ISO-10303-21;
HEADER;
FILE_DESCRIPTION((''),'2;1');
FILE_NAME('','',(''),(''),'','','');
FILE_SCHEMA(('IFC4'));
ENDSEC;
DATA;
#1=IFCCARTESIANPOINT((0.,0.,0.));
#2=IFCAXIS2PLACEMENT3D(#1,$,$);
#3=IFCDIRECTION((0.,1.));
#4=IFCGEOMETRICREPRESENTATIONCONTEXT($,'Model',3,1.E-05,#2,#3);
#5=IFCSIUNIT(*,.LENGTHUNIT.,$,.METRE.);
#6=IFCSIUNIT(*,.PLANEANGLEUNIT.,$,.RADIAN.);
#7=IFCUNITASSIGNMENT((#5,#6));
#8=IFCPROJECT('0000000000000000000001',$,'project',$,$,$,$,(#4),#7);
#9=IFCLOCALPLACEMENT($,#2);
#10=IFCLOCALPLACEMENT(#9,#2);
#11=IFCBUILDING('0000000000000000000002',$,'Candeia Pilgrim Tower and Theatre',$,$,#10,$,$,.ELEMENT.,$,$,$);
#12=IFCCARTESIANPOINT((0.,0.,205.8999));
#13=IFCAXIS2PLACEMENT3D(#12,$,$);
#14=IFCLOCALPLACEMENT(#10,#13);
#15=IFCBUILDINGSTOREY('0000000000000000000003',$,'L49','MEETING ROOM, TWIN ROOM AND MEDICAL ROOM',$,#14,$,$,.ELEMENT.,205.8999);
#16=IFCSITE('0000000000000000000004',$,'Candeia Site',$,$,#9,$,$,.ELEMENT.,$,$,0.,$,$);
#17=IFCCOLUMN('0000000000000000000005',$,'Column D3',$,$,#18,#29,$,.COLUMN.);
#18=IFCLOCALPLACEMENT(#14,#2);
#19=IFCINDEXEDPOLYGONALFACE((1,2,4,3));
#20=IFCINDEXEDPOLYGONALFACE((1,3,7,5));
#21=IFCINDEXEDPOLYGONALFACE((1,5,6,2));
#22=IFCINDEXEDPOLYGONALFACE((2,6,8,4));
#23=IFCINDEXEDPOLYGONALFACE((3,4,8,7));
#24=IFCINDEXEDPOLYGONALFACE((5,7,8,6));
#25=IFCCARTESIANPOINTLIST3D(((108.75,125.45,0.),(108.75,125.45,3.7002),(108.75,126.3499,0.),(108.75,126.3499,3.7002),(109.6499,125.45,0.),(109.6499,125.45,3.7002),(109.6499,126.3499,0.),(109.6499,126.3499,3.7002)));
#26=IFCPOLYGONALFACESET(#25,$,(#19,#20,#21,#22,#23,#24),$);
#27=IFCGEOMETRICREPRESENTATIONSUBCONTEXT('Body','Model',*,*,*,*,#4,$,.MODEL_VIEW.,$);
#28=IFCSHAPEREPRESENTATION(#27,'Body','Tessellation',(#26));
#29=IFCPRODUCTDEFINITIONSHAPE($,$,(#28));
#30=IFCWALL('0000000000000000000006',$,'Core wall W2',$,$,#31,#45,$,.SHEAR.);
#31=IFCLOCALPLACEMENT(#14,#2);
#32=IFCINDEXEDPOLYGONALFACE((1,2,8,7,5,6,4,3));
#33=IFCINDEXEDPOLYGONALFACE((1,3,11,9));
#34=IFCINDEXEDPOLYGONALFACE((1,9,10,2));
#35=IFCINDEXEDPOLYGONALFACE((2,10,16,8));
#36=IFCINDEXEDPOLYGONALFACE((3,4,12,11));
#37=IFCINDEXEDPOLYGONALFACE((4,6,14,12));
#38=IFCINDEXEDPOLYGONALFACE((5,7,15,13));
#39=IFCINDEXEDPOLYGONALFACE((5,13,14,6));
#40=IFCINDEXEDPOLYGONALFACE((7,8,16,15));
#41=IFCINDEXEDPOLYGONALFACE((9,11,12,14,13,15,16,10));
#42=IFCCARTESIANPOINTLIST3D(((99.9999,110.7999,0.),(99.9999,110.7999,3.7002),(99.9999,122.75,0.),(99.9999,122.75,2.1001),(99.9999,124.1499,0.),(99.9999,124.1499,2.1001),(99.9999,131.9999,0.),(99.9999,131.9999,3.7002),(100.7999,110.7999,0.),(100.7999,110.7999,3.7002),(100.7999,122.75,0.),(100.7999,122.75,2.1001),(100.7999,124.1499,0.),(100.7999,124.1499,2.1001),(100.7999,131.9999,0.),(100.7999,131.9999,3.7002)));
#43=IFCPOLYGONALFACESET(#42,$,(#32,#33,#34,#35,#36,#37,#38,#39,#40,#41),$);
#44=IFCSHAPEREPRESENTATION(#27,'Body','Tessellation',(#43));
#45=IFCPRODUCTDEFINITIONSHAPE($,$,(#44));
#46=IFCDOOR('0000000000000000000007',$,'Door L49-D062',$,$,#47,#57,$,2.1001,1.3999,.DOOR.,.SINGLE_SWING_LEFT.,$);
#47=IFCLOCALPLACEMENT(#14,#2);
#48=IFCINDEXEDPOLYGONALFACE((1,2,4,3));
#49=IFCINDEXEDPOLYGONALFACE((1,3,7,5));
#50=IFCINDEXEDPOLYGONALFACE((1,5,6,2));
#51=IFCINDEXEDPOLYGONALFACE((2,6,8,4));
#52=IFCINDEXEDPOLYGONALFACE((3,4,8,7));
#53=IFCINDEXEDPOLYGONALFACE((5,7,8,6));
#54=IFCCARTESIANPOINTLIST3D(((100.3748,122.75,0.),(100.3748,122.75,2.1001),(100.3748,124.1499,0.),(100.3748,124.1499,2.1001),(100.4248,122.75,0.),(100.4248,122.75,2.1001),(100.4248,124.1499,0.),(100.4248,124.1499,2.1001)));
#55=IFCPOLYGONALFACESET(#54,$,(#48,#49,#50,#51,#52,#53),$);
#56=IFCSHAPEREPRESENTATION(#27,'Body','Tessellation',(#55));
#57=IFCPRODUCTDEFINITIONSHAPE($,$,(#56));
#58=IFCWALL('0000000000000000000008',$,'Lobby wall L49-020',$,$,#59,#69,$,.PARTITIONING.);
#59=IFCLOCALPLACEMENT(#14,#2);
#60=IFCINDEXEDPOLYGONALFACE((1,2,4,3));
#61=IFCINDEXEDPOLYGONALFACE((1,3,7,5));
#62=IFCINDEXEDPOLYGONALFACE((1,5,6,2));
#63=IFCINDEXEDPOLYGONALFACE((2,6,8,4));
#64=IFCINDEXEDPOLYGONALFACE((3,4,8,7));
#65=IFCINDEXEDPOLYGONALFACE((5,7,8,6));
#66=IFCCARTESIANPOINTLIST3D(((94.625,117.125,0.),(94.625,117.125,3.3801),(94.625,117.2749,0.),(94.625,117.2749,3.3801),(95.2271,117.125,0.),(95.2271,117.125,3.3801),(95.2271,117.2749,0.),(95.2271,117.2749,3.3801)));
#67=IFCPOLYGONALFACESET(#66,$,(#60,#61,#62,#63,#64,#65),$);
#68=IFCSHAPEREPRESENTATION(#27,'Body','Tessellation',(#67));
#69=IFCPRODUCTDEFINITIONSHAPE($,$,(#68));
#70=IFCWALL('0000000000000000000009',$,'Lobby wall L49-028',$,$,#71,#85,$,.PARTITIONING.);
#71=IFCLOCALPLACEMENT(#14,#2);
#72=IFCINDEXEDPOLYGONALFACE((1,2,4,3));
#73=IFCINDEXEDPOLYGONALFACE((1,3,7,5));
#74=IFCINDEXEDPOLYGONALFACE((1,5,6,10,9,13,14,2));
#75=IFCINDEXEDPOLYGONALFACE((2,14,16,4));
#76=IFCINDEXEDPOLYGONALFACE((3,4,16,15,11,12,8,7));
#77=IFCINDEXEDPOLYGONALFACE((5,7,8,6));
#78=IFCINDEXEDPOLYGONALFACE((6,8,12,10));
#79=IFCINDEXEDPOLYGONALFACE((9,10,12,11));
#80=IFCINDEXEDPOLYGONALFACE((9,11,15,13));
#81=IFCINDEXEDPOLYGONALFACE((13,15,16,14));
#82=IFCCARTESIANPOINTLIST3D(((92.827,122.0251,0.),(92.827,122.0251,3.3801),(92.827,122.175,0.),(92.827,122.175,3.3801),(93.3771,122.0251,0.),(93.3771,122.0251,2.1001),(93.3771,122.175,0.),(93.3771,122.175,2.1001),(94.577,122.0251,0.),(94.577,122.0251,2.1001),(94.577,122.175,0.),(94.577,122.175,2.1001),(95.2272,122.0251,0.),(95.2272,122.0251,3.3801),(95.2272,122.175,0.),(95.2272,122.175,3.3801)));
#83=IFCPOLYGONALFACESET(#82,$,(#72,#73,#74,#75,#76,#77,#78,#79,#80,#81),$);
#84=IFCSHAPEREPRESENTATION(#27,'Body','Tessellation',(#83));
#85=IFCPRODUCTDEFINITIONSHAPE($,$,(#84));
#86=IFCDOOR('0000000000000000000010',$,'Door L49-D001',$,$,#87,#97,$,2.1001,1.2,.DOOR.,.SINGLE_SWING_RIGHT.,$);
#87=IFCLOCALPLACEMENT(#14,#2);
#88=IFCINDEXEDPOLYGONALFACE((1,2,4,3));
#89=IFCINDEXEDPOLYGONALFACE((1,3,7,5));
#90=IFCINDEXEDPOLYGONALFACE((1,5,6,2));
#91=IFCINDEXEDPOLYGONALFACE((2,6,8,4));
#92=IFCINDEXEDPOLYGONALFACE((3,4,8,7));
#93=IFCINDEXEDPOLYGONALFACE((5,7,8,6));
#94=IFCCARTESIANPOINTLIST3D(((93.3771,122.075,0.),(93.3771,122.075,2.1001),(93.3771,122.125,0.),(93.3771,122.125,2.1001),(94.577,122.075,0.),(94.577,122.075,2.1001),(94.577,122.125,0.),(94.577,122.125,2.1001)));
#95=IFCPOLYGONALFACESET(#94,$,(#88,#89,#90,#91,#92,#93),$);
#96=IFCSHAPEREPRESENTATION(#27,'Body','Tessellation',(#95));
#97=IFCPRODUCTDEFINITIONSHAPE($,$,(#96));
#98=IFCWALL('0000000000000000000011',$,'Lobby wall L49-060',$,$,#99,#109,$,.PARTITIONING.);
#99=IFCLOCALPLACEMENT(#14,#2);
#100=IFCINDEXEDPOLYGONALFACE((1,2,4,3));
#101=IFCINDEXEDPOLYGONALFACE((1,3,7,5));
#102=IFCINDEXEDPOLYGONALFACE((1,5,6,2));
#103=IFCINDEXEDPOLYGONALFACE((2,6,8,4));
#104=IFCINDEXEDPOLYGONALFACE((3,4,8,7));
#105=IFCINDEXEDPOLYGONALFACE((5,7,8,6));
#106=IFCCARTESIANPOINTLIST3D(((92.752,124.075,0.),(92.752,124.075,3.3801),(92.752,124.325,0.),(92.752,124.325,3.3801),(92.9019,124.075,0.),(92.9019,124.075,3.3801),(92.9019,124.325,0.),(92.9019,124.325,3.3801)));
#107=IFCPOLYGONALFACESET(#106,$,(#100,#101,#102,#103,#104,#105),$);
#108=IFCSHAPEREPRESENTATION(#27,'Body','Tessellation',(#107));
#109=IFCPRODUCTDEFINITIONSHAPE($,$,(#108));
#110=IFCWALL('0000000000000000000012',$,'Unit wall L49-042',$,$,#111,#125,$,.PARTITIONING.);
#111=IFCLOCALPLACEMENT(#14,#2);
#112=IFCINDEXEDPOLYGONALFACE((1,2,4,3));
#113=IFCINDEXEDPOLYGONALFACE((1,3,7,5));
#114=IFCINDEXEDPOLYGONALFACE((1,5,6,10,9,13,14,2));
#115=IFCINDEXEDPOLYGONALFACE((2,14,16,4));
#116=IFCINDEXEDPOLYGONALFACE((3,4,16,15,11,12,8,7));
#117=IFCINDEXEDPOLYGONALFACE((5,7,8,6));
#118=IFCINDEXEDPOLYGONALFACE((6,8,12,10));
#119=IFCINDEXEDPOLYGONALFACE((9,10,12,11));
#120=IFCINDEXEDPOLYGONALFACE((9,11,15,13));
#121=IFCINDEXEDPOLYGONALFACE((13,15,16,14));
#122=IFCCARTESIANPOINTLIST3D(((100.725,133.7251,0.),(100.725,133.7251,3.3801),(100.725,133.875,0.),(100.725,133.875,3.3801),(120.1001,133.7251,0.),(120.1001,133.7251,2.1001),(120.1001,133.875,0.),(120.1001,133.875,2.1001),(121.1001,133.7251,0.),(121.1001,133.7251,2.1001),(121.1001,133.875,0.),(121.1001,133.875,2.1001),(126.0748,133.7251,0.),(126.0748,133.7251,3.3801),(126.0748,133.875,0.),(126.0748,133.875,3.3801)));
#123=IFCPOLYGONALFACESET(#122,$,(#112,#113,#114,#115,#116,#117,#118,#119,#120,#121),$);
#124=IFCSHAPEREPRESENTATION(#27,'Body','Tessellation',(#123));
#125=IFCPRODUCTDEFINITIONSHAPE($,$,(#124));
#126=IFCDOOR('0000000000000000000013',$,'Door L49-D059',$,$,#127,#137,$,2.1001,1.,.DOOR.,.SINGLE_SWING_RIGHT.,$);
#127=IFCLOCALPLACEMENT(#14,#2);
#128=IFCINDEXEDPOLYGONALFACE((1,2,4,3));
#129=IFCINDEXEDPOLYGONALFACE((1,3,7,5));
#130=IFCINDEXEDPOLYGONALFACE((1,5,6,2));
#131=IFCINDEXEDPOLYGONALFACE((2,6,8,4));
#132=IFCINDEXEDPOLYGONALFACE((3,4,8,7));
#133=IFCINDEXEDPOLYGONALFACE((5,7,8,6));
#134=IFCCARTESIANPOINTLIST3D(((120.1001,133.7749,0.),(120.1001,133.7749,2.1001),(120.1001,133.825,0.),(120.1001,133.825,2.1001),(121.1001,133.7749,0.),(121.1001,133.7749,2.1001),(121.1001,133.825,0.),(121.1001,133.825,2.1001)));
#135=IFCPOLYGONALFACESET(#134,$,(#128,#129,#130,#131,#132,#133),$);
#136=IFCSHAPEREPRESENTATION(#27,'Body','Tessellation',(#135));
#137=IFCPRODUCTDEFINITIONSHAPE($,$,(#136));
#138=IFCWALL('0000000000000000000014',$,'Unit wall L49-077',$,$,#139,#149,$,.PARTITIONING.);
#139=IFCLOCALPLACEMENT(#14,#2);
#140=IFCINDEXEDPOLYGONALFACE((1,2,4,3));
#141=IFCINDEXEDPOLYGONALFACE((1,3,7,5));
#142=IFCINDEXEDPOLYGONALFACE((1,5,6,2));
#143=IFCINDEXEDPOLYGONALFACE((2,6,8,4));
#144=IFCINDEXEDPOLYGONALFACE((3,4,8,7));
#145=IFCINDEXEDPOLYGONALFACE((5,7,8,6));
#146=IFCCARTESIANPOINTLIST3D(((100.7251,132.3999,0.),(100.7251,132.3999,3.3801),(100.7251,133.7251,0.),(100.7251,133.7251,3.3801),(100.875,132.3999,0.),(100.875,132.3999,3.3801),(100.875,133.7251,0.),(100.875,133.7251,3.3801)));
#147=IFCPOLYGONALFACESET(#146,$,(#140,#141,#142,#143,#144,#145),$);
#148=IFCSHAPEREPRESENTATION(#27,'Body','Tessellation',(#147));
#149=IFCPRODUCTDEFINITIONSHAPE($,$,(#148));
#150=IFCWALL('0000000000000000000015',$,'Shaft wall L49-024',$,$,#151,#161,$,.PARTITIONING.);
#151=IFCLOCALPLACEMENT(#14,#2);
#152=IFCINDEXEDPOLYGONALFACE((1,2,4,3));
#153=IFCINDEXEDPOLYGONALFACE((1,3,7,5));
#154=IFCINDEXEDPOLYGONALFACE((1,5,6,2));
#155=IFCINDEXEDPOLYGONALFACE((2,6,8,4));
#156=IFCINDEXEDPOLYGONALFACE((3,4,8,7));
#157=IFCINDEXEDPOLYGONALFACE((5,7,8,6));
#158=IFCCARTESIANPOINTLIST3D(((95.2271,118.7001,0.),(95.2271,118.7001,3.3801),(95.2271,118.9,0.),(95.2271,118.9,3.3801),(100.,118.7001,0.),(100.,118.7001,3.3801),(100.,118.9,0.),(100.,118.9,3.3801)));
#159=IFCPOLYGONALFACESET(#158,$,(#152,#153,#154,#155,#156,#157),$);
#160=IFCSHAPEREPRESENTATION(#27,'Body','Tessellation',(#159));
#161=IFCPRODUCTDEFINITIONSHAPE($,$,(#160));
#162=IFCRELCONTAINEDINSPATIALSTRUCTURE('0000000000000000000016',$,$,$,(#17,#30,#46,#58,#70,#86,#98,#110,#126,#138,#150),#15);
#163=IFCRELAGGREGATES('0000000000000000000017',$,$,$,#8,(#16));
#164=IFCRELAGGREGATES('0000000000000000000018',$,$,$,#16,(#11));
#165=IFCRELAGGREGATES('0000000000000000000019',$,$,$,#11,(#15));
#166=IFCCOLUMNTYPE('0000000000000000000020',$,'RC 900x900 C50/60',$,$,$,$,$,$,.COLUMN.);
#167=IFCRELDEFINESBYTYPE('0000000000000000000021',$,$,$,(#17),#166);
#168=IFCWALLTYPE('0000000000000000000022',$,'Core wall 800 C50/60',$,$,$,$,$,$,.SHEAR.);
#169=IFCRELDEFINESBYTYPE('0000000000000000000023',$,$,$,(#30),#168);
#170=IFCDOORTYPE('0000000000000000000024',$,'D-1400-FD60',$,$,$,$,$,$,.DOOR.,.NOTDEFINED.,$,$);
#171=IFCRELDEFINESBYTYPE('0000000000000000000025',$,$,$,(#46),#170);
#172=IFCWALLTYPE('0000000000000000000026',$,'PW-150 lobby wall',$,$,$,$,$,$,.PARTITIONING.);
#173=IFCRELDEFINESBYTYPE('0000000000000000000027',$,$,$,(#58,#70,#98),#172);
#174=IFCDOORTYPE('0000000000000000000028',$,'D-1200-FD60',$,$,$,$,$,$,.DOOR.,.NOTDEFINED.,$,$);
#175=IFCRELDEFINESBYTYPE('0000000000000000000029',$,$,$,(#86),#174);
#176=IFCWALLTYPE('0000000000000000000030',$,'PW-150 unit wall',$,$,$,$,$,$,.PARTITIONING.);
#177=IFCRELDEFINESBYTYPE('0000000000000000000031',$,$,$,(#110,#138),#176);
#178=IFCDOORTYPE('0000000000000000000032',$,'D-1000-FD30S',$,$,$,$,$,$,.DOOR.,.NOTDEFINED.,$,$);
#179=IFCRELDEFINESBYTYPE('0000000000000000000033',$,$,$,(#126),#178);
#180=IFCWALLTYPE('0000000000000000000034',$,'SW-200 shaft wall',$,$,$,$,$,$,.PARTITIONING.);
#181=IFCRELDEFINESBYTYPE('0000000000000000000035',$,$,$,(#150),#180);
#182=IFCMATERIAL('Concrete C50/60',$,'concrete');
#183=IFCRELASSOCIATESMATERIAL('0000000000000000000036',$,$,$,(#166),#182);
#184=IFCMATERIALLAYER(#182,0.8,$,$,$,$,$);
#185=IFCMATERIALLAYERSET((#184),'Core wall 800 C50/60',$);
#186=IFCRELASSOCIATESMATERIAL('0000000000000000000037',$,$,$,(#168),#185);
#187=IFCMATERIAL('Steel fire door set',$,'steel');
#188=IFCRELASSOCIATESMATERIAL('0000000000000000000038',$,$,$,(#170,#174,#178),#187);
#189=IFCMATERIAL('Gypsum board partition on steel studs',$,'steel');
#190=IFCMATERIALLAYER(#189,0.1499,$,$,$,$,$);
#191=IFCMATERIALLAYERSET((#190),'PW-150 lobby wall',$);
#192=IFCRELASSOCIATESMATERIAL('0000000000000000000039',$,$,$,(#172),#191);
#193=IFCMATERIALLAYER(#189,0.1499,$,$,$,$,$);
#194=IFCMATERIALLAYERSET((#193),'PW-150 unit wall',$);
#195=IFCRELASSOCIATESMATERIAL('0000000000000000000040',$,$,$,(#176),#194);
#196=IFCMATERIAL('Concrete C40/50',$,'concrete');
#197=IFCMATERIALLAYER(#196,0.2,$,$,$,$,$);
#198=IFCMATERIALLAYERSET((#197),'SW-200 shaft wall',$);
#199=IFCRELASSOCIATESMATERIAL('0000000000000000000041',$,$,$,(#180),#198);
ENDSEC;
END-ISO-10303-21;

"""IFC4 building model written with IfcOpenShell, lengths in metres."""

from ifc_helpers import new_model, si_unit, direction, frame, frame_2d, origin, origin_2d, place, context, subcontext, project, spatial, rectangle, extrude, material, layer, layer_set, material_profile, profile_set, type_object, element, fill, save


model = new_model("IFC4")

# Units and contexts
model_context = context("Model", 3, precision=1e-05, world=origin(), true_north=direction((0.0, 1.0)))
body_context = subcontext(model_context, "Body", "Model", "MODEL_VIEW")
ifc_project = project(units=[si_unit("LENGTHUNIT", "METRE"), si_unit("PLANEANGLEUNIT", "RADIAN")], contexts=[model_context])

# Site, building, storey
site_placement = place(None, origin())
site = spatial("IfcSite", under=ifc_project, at=site_placement, Name="Candeia Site", CompositionType="ELEMENT", RefElevation=0.0)
building_placement = place(site_placement, origin())
building = spatial("IfcBuilding", under=site, at=building_placement, Name="Candeia Pilgrim Tower and Theatre", CompositionType="ELEMENT")
storey_placement = place(building_placement, frame((0.0, 0.0, 205.8999)))
storey = spatial("IfcBuildingStorey", under=building, at=storey_placement, Name="L49", Description="MEETING ROOM, TWIN ROOM AND MEDICAL ROOM", CompositionType="ELEMENT", Elevation=205.8999)

# Column
ifc_material_1 = material(Name="Concrete C50/60", Category="concrete")
ifc_material_profile = material_profile(ifc_material_1, rectangle(XDim=0.8999, YDim=0.8999, at=origin_2d()))
ifc_profile_set = profile_set([ifc_material_profile], Name="Concrete C50/60")
column_type = type_object("IfcColumnType", Name="RC 900x900 C50/60", PredefinedType="COLUMN", material=ifc_profile_set)
column_placement = place(storey_placement, frame((109.2, 125.8999, 0.0), z_axis=(0.0, 0.0, 1.0), x_axis=(1.0, 0.0, 0.0)))
element("IfcColumn", 1, at=column_placement, inside=storey, type_object=column_type, Name="Column D3", PredefinedType="COLUMN", context=body_context, shape_type="SweptSolid", body=[
    extrude(rectangle(XDim=0.8999, YDim=0.8999, at=origin_2d()), origin(), (0.0, 0.0, 1.0), 3.7002),
])

# Wall, opening, door
ifc_layer_1 = layer(ifc_material_1, 0.8)
ifc_layer_set_1 = layer_set([ifc_layer_1], Name="Core wall 800 C50/60")
wall_type_1 = type_object("IfcWallType", Name="Core wall 800 C50/60", PredefinedType="SHEAR", material=ifc_layer_set_1)
wall_1_placement = place(storey_placement, frame((100.3999, 132.0, 0.0), z_axis=(0.0, 0.0, 1.0), x_axis=(0.0, -1.0, 0.0)))
wall_1 = element("IfcWall", 2, at=wall_1_placement, inside=storey, type_object=wall_type_1, Name="Core wall W2", PredefinedType="SHEAR", context=body_context, shape_type="SweptSolid", body=[
    extrude(rectangle(XDim=21.2, YDim=0.8, at=frame_2d((10.6001, 0.0))), origin(), (0.0, 0.0, 1.0), 3.7002),
])
opening_1_placement = place(wall_1_placement, frame((7.8501, 0.0, 0.0)))
opening_1 = element("IfcOpeningElement", 3, at=opening_1_placement, cuts=wall_1, PredefinedType="OPENING", context=body_context, shape_type="SweptSolid", body=[
    extrude(rectangle(XDim=1.3999, YDim=2.1001, at=frame_2d((0.7, 1.05))), frame((0.0, 0.4102, 0.0), z_axis=(0.0, -1.0, 0.0), x_axis=(1.0, 0.0, 0.0)), (0.0, 0.0, 1.0), 0.8201),
])
ifc_material_2 = material(Name="Steel fire door set", Category="steel")
door_type_1 = type_object("IfcDoorType", Name="D-1400-FD60", OperationType="NOTDEFINED", PredefinedType="DOOR", material=ifc_material_2)
door_1_placement = place(opening_1_placement, origin())
door_1 = element("IfcDoor", 4, at=door_1_placement, inside=storey, type_object=door_type_1, Name="Door L49-D062", OperationType="SINGLE_SWING_LEFT", OverallHeight=2.1001, OverallWidth=1.3999, PredefinedType="DOOR", context=body_context, shape_type="SweptSolid", body=[
    extrude(rectangle(XDim=1.3999, YDim=2.1001, at=frame_2d((0.7, 1.05))), frame((0.0, 0.0249, 0.0), z_axis=(0.0, -1.0, 0.0), x_axis=(1.0, 0.0, 0.0)), (0.0, 0.0, 1.0), 0.05),
])
fill(opening_1, door_1)

# Wall
ifc_material_3 = material(Name="Gypsum board partition on steel studs", Category="steel")
ifc_layer_2 = layer(ifc_material_3, 0.1499)
ifc_layer_set_2 = layer_set([ifc_layer_2], Name="PW-150 lobby wall")
wall_type_2 = type_object("IfcWallType", Name="PW-150 lobby wall", PredefinedType="PARTITIONING", material=ifc_layer_set_2)
wall_2_placement = place(storey_placement, frame((94.625, 117.2, 0.0), z_axis=(0.0, 0.0, 1.0), x_axis=(1.0, 0.0, 0.0)))
element("IfcWall", 5, at=wall_2_placement, inside=storey, type_object=wall_type_2, Name="Lobby wall L49-020", PredefinedType="PARTITIONING", context=body_context, shape_type="SweptSolid", body=[
    extrude(rectangle(XDim=0.6021, YDim=0.1499, at=frame_2d((0.301, 0.0))), origin(), (0.0, 0.0, 1.0), 3.3801),
])

# Wall, opening, door
wall_3_placement = place(storey_placement, frame((92.8269, 122.1001, 0.0), z_axis=(0.0, 0.0, 1.0), x_axis=(1.0, 0.0, 0.0)))
wall_3 = element("IfcWall", 6, at=wall_3_placement, inside=storey, type_object=wall_type_2, Name="Lobby wall L49-028", PredefinedType="PARTITIONING", context=body_context, shape_type="SweptSolid", body=[
    extrude(rectangle(XDim=2.4001, YDim=0.1499, at=frame_2d((1.2002, 0.0))), origin(), (0.0, 0.0, 1.0), 3.3801),
])
opening_2_placement = place(wall_3_placement, frame((0.55, 0.0, 0.0)))
opening_2 = element("IfcOpeningElement", 7, at=opening_2_placement, cuts=wall_3, PredefinedType="OPENING", context=body_context, shape_type="SweptSolid", body=[
    extrude(rectangle(XDim=1.2, YDim=2.1001, at=frame_2d((0.6001, 1.05))), frame((0.0, 0.085, 0.0), z_axis=(0.0, -1.0, 0.0), x_axis=(1.0, 0.0, 0.0)), (0.0, 0.0, 1.0), 0.1699),
])
door_type_2 = type_object("IfcDoorType", Name="D-1200-FD60", OperationType="NOTDEFINED", PredefinedType="DOOR", material=ifc_material_2)
door_2_placement = place(opening_2_placement, origin())
door_2 = element("IfcDoor", 8, at=door_2_placement, inside=storey, type_object=door_type_2, Name="Door L49-D001", OperationType="SINGLE_SWING_RIGHT", OverallHeight=2.1001, OverallWidth=1.2, PredefinedType="DOOR", context=body_context, shape_type="SweptSolid", body=[
    extrude(rectangle(XDim=1.2, YDim=2.1001, at=frame_2d((0.6001, 1.05))), frame((0.0, 0.0249, 0.0), z_axis=(0.0, -1.0, 0.0), x_axis=(1.0, 0.0, 0.0)), (0.0, 0.0, 1.0), 0.05),
])
fill(opening_2, door_2)

# Wall
wall_4_placement = place(storey_placement, frame((92.8269, 124.075, 0.0), z_axis=(0.0, 0.0, 1.0), x_axis=(0.0, 1.0, 0.0)))
element("IfcWall", 9, at=wall_4_placement, inside=storey, type_object=wall_type_2, Name="Lobby wall L49-060", PredefinedType="PARTITIONING", context=body_context, shape_type="SweptSolid", body=[
    extrude(rectangle(XDim=0.25, YDim=0.1499, at=frame_2d((0.125, 0.0))), origin(), (0.0, 0.0, 1.0), 3.3801),
])

# Wall, opening, door
ifc_layer_3 = layer(ifc_material_3, 0.1499)
ifc_layer_set_3 = layer_set([ifc_layer_3], Name="PW-150 unit wall")
wall_type_3 = type_object("IfcWallType", Name="PW-150 unit wall", PredefinedType="PARTITIONING", material=ifc_layer_set_3)
wall_5_placement = place(storey_placement, frame((100.7251, 133.8, 0.0), z_axis=(0.0, 0.0, 1.0), x_axis=(1.0, 0.0, 0.0)))
wall_5 = element("IfcWall", 10, at=wall_5_placement, inside=storey, type_object=wall_type_3, Name="Unit wall L49-042", PredefinedType="PARTITIONING", context=body_context, shape_type="SweptSolid", body=[
    extrude(rectangle(XDim=25.3499, YDim=0.1499, at=frame_2d((12.6748, 0.0))), origin(), (0.0, 0.0, 1.0), 3.3801),
])
opening_3_placement = place(wall_5_placement, frame((19.375, 0.0, 0.0)))
opening_3 = element("IfcOpeningElement", 11, at=opening_3_placement, cuts=wall_5, PredefinedType="OPENING", context=body_context, shape_type="SweptSolid", body=[
    extrude(rectangle(XDim=1.0, YDim=2.1001, at=frame_2d((0.5, 1.05))), frame((0.0, 0.085, 0.0), z_axis=(0.0, -1.0, 0.0), x_axis=(1.0, 0.0, 0.0)), (0.0, 0.0, 1.0), 0.1699),
])
door_type_3 = type_object("IfcDoorType", Name="D-1000-FD30S", OperationType="NOTDEFINED", PredefinedType="DOOR", material=ifc_material_2)
door_3_placement = place(opening_3_placement, origin())
door_3 = element("IfcDoor", 12, at=door_3_placement, inside=storey, type_object=door_type_3, Name="Door L49-D059", OperationType="SINGLE_SWING_RIGHT", OverallHeight=2.1001, OverallWidth=1.0, PredefinedType="DOOR", context=body_context, shape_type="SweptSolid", body=[
    extrude(rectangle(XDim=1.0, YDim=2.1001, at=frame_2d((0.5, 1.05))), frame((0.0, 0.0249, 0.0), z_axis=(0.0, -1.0, 0.0), x_axis=(1.0, 0.0, 0.0)), (0.0, 0.0, 1.0), 0.05),
])
fill(opening_3, door_3)

# Walls
wall_6_placement = place(storey_placement, frame((100.8, 132.3999, 0.0), z_axis=(0.0, 0.0, 1.0), x_axis=(0.0, 1.0, 0.0)))
element("IfcWall", 13, at=wall_6_placement, inside=storey, type_object=wall_type_3, Name="Unit wall L49-077", PredefinedType="PARTITIONING", context=body_context, shape_type="SweptSolid", body=[
    extrude(rectangle(XDim=1.3252, YDim=0.1499, at=frame_2d((0.6626, 0.0))), origin(), (0.0, 0.0, 1.0), 3.3801),
])
ifc_material_4 = material(Name="Concrete C40/50", Category="concrete")
ifc_layer_4 = layer(ifc_material_4, 0.2)
ifc_layer_set_4 = layer_set([ifc_layer_4], Name="SW-200 shaft wall")
wall_type_4 = type_object("IfcWallType", Name="SW-200 shaft wall", PredefinedType="PARTITIONING", material=ifc_layer_set_4)
wall_7_placement = place(storey_placement, frame((95.2271, 118.8, 0.0), z_axis=(0.0, 0.0, 1.0), x_axis=(1.0, 0.0, 0.0)))
element("IfcWall", 14, at=wall_7_placement, inside=storey, type_object=wall_type_4, Name="Shaft wall L49-024", PredefinedType="PARTITIONING", context=body_context, shape_type="SweptSolid", body=[
    extrude(rectangle(XDim=4.7729, YDim=0.2, at=frame_2d((2.3865, 0.0))), origin(), (0.0, 0.0, 1.0), 3.3801),
])

save(model, "model.ifc")
